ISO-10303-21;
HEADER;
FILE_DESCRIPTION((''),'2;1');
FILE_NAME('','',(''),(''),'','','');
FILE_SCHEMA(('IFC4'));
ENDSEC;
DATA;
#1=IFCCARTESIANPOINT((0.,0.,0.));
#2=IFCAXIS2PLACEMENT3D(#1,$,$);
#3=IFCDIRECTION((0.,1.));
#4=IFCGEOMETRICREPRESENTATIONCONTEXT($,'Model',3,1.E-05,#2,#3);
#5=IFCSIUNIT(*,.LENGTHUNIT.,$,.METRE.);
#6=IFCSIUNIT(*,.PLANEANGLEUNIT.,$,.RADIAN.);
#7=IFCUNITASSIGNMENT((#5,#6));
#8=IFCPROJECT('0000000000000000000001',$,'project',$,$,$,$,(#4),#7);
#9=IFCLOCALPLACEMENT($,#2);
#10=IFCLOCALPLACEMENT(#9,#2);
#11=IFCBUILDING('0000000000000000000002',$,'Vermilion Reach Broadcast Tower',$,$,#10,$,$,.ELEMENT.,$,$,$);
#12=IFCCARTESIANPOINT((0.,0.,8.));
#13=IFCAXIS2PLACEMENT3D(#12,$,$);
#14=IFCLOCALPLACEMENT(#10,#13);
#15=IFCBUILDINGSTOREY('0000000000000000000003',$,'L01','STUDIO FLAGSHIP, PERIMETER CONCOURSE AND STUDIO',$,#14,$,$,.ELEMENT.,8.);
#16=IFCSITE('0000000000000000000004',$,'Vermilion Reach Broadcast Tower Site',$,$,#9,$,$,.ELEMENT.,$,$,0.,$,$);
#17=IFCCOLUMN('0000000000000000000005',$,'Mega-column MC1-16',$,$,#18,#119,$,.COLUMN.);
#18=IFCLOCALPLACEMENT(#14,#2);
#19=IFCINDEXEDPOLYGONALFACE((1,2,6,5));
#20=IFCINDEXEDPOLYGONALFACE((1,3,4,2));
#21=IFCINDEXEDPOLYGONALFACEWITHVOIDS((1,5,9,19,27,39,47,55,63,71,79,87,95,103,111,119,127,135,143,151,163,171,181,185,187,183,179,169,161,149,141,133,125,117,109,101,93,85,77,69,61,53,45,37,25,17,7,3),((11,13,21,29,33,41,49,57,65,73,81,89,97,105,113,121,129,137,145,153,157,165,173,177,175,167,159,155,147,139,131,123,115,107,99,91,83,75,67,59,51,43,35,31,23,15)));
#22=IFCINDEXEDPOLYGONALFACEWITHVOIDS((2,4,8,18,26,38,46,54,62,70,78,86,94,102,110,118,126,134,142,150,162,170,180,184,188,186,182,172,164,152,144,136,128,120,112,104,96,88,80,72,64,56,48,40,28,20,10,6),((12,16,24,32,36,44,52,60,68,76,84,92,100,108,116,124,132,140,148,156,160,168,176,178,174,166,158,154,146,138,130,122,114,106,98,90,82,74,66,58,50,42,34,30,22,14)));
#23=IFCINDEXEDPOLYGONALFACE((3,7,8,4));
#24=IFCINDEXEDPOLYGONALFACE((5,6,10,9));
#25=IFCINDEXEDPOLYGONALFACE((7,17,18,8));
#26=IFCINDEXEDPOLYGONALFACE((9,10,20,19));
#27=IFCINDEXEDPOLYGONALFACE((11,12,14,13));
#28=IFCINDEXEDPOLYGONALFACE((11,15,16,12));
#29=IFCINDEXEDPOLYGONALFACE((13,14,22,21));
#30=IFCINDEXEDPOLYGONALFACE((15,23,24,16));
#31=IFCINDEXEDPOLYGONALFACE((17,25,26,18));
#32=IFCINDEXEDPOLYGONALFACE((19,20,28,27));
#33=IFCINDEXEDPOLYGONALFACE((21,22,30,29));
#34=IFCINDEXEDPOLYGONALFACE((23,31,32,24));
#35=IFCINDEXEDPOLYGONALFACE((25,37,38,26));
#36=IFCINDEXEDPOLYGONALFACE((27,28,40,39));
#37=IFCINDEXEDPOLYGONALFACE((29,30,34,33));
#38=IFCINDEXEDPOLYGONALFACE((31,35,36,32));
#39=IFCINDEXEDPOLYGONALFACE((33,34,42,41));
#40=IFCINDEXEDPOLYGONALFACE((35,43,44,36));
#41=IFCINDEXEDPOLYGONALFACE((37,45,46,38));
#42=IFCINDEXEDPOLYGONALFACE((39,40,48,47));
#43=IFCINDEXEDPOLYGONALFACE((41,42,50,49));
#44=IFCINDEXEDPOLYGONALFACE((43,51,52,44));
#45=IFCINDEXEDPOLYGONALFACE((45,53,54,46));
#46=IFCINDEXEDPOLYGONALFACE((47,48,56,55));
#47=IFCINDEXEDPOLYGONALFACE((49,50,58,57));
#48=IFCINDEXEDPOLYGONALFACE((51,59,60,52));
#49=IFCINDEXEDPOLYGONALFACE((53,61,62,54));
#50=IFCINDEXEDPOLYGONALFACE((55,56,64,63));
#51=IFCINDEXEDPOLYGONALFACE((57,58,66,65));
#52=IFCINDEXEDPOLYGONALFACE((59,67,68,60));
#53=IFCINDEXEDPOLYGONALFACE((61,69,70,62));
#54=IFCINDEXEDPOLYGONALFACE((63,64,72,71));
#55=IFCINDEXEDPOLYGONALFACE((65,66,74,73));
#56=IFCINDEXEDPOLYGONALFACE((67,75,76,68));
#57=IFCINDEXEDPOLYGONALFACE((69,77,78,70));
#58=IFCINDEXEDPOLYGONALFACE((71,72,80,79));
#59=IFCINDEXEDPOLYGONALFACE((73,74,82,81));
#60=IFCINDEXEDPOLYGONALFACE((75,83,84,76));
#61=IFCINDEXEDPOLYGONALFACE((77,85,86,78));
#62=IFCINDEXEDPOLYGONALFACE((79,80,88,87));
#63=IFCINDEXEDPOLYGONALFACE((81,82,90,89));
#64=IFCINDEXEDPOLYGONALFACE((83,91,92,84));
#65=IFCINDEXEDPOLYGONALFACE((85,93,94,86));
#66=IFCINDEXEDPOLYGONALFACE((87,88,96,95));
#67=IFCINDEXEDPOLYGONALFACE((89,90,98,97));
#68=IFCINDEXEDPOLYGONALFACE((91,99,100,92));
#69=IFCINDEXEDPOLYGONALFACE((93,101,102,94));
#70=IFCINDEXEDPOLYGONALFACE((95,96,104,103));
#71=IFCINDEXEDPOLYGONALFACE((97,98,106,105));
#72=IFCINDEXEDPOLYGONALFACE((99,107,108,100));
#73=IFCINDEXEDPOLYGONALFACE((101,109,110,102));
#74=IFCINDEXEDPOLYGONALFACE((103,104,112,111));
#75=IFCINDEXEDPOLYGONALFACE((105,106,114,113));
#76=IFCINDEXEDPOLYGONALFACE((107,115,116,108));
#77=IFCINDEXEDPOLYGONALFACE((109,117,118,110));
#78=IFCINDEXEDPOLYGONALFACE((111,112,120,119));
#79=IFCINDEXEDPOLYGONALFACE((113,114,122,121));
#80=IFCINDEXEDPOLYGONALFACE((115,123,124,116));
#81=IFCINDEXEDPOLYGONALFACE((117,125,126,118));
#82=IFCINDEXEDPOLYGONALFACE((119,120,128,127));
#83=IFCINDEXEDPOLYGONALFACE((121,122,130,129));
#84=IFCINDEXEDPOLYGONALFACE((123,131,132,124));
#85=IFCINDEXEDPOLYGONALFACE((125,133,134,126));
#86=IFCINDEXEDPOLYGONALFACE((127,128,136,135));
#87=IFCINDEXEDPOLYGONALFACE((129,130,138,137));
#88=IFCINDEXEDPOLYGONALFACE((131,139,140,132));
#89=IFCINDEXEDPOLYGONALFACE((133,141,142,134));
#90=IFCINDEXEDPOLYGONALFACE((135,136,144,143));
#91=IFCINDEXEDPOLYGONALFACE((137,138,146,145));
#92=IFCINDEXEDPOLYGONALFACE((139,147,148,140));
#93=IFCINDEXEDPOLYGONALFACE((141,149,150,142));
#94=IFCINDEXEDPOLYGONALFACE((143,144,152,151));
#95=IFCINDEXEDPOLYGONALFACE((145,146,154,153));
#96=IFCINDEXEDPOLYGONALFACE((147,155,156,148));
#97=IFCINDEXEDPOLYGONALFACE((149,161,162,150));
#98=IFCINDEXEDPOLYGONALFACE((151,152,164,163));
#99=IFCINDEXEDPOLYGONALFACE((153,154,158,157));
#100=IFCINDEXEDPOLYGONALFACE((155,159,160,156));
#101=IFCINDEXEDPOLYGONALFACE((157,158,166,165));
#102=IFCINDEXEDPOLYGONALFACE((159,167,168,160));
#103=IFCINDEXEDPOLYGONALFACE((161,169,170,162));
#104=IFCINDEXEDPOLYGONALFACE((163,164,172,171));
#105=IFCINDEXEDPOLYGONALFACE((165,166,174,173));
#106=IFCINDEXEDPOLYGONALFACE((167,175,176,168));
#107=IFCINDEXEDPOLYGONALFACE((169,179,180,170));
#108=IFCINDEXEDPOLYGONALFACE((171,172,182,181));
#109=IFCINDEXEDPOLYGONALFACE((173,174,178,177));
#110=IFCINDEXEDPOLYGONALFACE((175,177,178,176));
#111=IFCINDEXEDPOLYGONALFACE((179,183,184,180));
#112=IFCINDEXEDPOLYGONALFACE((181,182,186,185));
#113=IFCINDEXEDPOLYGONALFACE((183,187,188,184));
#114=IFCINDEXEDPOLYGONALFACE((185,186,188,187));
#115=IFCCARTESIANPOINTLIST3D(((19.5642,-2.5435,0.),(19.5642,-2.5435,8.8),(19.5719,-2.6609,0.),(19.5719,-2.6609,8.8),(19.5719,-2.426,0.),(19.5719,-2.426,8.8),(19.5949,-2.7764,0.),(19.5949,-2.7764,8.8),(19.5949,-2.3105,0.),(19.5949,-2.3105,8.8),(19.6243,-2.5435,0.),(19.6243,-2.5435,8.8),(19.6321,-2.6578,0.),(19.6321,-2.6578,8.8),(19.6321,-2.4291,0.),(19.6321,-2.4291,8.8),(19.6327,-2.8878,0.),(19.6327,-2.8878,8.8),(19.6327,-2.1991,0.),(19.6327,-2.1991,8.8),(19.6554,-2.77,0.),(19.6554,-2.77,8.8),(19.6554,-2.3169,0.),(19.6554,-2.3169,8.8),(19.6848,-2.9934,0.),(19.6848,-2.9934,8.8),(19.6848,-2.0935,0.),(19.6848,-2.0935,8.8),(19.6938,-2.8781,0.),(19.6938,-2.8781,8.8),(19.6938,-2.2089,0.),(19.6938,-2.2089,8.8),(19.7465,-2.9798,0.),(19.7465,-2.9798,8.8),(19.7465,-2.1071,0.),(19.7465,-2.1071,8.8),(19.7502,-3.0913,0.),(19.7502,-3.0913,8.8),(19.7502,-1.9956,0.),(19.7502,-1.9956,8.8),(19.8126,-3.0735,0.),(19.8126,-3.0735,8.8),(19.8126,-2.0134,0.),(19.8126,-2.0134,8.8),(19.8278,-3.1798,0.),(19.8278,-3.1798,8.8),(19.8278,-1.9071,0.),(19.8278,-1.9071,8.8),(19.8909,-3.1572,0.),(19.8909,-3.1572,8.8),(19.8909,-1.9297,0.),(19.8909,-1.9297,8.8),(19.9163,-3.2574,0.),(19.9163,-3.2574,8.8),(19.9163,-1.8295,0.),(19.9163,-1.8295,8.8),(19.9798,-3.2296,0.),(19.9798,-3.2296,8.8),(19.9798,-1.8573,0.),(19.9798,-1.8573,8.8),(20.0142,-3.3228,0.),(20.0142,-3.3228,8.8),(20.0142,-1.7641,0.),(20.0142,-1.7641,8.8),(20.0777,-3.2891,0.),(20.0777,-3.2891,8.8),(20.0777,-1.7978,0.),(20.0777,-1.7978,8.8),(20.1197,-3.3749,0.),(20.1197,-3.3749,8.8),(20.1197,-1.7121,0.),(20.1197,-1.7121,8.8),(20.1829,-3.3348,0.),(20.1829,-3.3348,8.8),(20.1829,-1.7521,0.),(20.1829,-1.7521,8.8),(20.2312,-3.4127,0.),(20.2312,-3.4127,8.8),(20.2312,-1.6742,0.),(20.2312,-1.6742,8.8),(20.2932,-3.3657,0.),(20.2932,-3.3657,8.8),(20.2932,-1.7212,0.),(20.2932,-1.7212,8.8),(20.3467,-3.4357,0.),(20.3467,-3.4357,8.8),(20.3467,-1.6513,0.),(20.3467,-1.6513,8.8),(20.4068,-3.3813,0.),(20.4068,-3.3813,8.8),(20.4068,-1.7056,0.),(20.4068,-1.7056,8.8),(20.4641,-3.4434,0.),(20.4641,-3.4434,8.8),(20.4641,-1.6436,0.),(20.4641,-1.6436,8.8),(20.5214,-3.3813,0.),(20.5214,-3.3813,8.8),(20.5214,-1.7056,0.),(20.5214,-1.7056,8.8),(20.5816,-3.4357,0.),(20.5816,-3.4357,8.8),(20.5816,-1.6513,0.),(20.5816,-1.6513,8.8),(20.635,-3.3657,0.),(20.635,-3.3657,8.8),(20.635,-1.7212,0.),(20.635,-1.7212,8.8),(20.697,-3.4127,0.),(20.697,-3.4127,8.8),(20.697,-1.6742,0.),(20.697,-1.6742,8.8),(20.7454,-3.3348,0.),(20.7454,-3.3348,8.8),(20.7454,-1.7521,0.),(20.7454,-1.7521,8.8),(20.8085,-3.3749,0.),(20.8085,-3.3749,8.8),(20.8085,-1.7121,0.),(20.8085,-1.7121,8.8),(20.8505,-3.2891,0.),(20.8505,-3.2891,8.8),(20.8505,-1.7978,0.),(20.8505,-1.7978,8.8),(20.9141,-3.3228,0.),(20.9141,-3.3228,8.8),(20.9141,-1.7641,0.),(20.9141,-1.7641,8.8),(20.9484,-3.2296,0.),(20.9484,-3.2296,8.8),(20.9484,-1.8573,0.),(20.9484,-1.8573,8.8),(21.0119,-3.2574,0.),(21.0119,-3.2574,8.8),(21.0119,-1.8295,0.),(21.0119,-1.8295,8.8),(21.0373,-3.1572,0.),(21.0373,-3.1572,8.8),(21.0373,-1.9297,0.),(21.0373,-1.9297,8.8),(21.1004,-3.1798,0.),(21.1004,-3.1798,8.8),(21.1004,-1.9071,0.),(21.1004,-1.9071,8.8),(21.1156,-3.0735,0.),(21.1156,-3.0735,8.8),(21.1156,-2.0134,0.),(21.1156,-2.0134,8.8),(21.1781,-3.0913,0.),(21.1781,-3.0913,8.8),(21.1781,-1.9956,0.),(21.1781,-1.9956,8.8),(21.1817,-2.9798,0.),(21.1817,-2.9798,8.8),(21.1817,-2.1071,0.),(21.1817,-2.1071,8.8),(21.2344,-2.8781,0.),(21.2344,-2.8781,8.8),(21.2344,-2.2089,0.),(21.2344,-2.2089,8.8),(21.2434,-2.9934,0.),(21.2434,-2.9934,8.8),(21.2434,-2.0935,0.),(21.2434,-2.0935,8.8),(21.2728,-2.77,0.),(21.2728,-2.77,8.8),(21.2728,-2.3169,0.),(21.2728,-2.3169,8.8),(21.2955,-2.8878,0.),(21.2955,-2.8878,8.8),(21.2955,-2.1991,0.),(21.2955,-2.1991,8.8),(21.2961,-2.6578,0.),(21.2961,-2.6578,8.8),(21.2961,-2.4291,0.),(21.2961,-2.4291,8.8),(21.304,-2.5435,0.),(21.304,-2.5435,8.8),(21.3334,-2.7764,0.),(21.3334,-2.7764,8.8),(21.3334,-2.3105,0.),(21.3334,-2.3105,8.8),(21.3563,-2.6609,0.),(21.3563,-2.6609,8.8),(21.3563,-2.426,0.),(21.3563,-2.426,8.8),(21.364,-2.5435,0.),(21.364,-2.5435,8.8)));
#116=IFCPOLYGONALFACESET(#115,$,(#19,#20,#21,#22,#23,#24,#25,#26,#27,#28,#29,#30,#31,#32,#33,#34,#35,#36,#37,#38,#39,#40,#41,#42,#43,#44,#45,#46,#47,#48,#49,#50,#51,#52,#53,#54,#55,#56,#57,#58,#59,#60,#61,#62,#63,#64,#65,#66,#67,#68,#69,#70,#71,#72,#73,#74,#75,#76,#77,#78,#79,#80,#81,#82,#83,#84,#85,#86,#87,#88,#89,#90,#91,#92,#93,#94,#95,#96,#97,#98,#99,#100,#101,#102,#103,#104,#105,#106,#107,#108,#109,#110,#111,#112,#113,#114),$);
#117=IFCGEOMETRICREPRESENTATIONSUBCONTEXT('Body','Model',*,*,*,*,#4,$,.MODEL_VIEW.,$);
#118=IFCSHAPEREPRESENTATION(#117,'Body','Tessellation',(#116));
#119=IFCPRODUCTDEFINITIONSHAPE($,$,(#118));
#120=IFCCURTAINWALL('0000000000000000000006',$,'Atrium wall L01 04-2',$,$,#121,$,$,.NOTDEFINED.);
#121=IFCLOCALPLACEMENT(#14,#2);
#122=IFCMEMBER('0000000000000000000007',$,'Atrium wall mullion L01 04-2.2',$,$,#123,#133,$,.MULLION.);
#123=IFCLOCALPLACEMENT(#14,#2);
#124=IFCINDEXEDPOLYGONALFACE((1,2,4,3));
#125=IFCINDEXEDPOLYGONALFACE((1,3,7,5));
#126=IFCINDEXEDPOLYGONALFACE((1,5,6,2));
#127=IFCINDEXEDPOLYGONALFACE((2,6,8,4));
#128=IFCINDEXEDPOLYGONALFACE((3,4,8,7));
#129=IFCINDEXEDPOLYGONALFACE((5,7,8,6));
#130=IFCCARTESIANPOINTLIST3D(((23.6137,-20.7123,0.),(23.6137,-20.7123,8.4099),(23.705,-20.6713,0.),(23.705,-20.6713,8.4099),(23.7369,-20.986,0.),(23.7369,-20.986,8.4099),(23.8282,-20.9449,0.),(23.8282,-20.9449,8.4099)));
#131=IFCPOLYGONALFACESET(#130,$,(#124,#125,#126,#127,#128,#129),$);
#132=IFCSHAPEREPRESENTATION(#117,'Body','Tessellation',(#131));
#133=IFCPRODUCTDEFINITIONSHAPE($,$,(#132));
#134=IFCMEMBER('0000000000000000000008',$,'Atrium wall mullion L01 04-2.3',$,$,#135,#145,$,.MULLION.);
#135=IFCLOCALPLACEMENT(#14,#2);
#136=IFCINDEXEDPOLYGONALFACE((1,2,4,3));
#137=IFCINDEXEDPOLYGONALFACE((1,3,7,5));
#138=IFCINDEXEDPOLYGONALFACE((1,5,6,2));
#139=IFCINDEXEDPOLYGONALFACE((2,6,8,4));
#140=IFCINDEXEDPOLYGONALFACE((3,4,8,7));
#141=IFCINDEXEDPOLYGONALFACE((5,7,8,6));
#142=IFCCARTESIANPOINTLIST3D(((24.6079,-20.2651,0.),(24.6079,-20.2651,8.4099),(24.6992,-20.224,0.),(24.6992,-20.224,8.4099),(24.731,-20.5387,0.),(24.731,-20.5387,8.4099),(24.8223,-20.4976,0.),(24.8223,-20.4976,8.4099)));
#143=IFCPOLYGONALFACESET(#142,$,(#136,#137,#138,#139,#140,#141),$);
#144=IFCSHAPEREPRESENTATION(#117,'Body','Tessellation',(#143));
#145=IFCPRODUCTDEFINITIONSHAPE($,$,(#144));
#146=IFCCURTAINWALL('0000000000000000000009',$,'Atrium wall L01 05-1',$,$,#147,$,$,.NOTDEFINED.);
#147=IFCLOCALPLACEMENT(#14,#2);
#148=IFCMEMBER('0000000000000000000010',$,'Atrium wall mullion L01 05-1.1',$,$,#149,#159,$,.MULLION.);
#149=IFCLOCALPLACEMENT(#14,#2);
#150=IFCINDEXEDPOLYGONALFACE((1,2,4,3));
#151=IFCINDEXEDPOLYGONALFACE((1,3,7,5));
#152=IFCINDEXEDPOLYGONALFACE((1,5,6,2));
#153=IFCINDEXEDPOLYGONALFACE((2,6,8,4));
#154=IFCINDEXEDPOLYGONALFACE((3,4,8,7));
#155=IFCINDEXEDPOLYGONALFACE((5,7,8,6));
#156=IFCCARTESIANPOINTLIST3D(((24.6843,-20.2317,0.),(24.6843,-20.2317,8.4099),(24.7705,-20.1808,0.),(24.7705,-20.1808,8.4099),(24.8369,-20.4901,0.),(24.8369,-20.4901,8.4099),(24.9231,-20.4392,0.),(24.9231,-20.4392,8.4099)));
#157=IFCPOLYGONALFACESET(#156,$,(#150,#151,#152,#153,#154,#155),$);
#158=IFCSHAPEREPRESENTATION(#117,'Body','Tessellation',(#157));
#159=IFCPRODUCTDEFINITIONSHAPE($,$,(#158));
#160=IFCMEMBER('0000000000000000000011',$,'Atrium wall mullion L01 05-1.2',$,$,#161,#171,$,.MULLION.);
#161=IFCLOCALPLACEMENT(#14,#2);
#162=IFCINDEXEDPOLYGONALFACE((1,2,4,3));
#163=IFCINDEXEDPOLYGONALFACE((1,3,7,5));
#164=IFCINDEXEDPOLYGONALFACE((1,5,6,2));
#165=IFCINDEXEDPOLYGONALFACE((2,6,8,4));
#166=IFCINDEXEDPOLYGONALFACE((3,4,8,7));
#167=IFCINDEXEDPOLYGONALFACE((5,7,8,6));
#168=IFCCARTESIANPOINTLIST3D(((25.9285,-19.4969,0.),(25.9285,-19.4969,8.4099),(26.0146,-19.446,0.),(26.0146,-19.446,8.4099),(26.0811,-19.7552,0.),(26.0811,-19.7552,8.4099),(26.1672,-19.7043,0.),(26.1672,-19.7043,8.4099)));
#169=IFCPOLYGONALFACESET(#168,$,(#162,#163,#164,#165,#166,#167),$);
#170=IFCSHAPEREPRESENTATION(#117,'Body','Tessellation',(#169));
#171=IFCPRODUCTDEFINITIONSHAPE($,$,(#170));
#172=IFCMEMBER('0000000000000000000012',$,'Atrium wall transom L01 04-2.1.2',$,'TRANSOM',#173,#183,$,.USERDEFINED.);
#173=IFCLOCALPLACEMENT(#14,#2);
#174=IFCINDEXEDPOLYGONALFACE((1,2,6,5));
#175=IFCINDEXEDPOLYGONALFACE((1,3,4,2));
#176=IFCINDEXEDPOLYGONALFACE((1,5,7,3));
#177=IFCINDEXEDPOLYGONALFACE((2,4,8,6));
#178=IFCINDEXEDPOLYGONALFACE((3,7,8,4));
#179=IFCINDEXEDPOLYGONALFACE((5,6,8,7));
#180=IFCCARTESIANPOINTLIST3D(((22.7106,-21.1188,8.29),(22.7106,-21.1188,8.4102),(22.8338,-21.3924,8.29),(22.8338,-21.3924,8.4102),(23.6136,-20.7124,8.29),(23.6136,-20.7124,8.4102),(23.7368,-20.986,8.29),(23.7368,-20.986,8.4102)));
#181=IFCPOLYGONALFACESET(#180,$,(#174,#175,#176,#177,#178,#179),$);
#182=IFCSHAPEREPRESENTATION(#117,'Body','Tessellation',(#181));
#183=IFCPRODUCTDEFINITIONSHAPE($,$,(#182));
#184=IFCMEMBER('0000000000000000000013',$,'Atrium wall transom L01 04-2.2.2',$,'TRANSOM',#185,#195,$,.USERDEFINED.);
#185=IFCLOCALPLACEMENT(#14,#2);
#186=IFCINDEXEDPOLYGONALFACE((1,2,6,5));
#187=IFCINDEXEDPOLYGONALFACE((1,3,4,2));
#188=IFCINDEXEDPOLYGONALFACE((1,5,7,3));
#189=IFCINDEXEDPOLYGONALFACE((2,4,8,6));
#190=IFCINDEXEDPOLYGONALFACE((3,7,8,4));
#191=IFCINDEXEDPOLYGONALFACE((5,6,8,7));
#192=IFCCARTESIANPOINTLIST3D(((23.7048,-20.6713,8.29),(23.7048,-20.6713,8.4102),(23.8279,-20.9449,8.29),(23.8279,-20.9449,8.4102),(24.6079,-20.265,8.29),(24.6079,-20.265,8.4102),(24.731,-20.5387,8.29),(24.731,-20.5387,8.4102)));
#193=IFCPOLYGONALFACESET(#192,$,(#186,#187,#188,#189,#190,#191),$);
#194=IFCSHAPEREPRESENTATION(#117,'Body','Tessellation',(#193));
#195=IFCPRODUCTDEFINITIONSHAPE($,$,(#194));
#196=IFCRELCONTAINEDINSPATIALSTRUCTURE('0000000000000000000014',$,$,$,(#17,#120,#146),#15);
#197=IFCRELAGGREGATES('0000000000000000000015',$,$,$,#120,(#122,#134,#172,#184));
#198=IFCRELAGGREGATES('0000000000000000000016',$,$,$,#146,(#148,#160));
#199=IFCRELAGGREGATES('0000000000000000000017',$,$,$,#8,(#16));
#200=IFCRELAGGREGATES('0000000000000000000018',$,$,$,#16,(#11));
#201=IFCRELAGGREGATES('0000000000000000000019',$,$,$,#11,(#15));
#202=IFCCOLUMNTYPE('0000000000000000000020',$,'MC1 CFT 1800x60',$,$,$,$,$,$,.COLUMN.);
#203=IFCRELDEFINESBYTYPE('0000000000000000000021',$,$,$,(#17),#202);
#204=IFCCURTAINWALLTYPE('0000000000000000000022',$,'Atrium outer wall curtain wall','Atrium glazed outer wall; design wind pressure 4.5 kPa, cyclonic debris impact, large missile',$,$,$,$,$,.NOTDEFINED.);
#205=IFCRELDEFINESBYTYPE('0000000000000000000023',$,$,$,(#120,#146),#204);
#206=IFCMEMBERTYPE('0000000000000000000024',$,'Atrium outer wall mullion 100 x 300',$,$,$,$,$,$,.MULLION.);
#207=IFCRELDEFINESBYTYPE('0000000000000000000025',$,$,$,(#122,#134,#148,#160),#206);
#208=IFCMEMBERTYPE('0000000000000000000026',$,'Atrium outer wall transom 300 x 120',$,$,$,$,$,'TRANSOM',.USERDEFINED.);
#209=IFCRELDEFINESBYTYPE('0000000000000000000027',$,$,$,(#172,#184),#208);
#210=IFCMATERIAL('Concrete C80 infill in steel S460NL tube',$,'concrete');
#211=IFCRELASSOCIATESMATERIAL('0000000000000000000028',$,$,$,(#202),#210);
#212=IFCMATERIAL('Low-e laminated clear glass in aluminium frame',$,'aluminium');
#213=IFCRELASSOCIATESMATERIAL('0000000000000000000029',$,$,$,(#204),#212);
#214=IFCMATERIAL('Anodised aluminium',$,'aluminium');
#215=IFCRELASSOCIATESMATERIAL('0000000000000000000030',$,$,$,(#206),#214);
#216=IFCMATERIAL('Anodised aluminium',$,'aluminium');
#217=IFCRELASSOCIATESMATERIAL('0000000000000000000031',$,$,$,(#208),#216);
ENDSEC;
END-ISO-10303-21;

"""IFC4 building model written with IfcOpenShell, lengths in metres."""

from ifc_helpers import new_model, si_unit, direction, frame, origin, origin_2d, place, context, subcontext, project, spatial, rectangle, hollow_circle, extrude, material, material_profile, profile_set, type_object, element, aggregate, save


model = new_model("IFC4")

# Units and contexts
model_context = context("Model", 3, precision=1e-05, world=origin(), true_north=direction((0.0, 1.0)))
body_context = subcontext(model_context, "Body", "Model", "MODEL_VIEW")
ifc_project = project(units=[si_unit("LENGTHUNIT", "METRE"), si_unit("PLANEANGLEUNIT", "RADIAN")], contexts=[model_context])

# Site, building, storey
site_placement = place(None, origin())
site = spatial("IfcSite", under=ifc_project, at=site_placement, Name="Vermilion Reach Broadcast Tower Site", CompositionType="ELEMENT", RefElevation=0.0)
building_placement = place(site_placement, origin())
building = spatial("IfcBuilding", under=site, at=building_placement, Name="Vermilion Reach Broadcast Tower", CompositionType="ELEMENT")
storey_placement = place(building_placement, frame((0.0, 0.0, 8.0)))
storey = spatial("IfcBuildingStorey", under=building, at=storey_placement, Name="L01", Description="STUDIO FLAGSHIP, PERIMETER CONCOURSE AND STUDIO", CompositionType="ELEMENT", Elevation=8.0)

# Column
ifc_material_1 = material(Name="Concrete C80 infill in steel S460NL tube", Category="concrete")
ifc_material_profile_1 = material_profile(ifc_material_1, hollow_circle(Radius=0.8999, WallThickness=0.0601, at=origin_2d()), Name="Concrete C80 infill in steel S460NL tube CFT 1800x60")
ifc_profile_set_1 = profile_set([ifc_material_profile_1], Name="Concrete C80 infill in steel S460NL tube")
column_type = type_object("IfcColumnType", Name="MC1 CFT 1800x60", PredefinedType="COLUMN", material=ifc_profile_set_1)
for number, where, z_axis, x_axis, name in (
    (1, (20.4641, -2.5435, 0.0), (0.0, 0.0, 1.0), (1.0, 0.0, 0.0), "Mega-column MC1-16"),
):
    element("IfcColumn", number, at=place(storey_placement, frame(where, z_axis=z_axis, x_axis=x_axis)), inside=storey, type_object=column_type, Name=name, PredefinedType="COLUMN", context=body_context, shape_type="SweptSolid", body=[
        extrude(hollow_circle(Radius=0.8999, WallThickness=0.0601, at=origin_2d()), origin(), (0.0, 0.0, 1.0), 8.8),
    ])

# Curtain walls, members
ifc_material_2 = material(Name="Low-e laminated clear glass in aluminium frame", Category="aluminium")
curtain_wall_type = type_object("IfcCurtainWallType", Name="Atrium outer wall curtain wall", Description="Atrium glazed outer wall; design wind pressure 4.5 kPa, cyclonic debris impact, large missile", PredefinedType="NOTDEFINED", material=ifc_material_2)
placement = place(storey_placement, origin())
curtain_wall_1 = element("IfcCurtainWall", 2, at=placement, inside=storey, type_object=curtain_wall_type, Name="Atrium wall L01 04-2", PredefinedType="NOTDEFINED")
ifc_material_3 = material(Name="Anodised aluminium", Category="aluminium")
ifc_material_profile_2 = material_profile(ifc_material_3, rectangle(XDim=0.3, YDim=0.1001, at=origin_2d()), Name="Atrium outer wall mullion 100 x 300")
ifc_profile_set_2 = profile_set([ifc_material_profile_2], Name="Anodised aluminium")
member_type_1 = type_object("IfcMemberType", Name="Atrium outer wall mullion 100 x 300", PredefinedType="MULLION", material=ifc_profile_set_2)
member_1_placement = place(storey_placement, frame((23.7209, -20.8286, 0.0), z_axis=(0.0, 0.0, 1.0), x_axis=(-0.410408, 0.911902, 0.0)))
member_1 = element("IfcMember", 3, at=member_1_placement, type_object=member_type_1, Name="Atrium wall mullion L01 04-2.2", PredefinedType="MULLION", context=body_context, shape_type="SweptSolid", body=[
    extrude(rectangle(XDim=0.3, YDim=0.1001, at=origin_2d()), origin(), (0.0, 0.0, 1.0), 8.4099),
])
member_2_placement = place(storey_placement, frame((24.7151, -20.3813, 0.0), z_axis=(0.0, 0.0, 1.0), x_axis=(-0.410408, 0.911902, 0.0)))
member_2 = element("IfcMember", 4, at=member_2_placement, type_object=member_type_1, Name="Atrium wall mullion L01 04-2.3", PredefinedType="MULLION", context=body_context, shape_type="SweptSolid", body=[
    extrude(rectangle(XDim=0.3, YDim=0.1001, at=origin_2d()), origin(), (0.0, 0.0, 1.0), 8.4099),
])
curtain_wall_2 = element("IfcCurtainWall", 5, at=placement, inside=storey, type_object=curtain_wall_type, Name="Atrium wall L01 05-1", PredefinedType="NOTDEFINED")
member_3_placement = place(storey_placement, frame((24.8037, -20.3354, 0.0), z_axis=(0.0, 0.0, 1.0), x_axis=(-0.50859, 0.861009, 0.0)))
member_3 = element("IfcMember", 6, at=member_3_placement, type_object=member_type_1, Name="Atrium wall mullion L01 05-1.1", PredefinedType="MULLION", context=body_context, shape_type="SweptSolid", body=[
    extrude(rectangle(XDim=0.3, YDim=0.1001, at=origin_2d()), origin(), (0.0, 0.0, 1.0), 8.4099),
])
member_4_placement = place(storey_placement, frame((26.0479, -19.6006, 0.0), z_axis=(0.0, 0.0, 1.0), x_axis=(-0.50859, 0.861009, 0.0)))
member_4 = element("IfcMember", 7, at=member_4_placement, type_object=member_type_1, Name="Atrium wall mullion L01 05-1.2", PredefinedType="MULLION", context=body_context, shape_type="SweptSolid", body=[
    extrude(rectangle(XDim=0.3, YDim=0.1001, at=origin_2d()), origin(), (0.0, 0.0, 1.0), 8.4099),
])

# Members
ifc_material_4 = material(Name="Anodised aluminium", Category="aluminium")
ifc_material_profile_3 = material_profile(ifc_material_4, rectangle(XDim=0.3, YDim=0.1201, at=origin_2d()), Name="Atrium outer wall transom 300 x 120")
ifc_profile_set_3 = profile_set([ifc_material_profile_3], Name="Anodised aluminium")
member_type_2 = type_object("IfcMemberType", Name="Atrium outer wall transom 300 x 120", ElementType="TRANSOM", PredefinedType="USERDEFINED", material=ifc_profile_set_3)
member_5_placement = place(storey_placement, frame((22.7722, -21.2556, 8.3501), z_axis=(0.91188, 0.410457, 0.0), x_axis=(-0.410457, 0.91188, 0.0)))
member_5 = element("IfcMember", 8, at=member_5_placement, type_object=member_type_2, Name="Atrium wall transom L01 04-2.1.2", ObjectType="TRANSOM", PredefinedType="USERDEFINED", context=body_context, shape_type="SweptSolid", body=[
    extrude(rectangle(XDim=0.3, YDim=0.1201, at=origin_2d()), origin(), (0.0, 0.0, 1.0), 0.9902),
])
member_6_placement = place(storey_placement, frame((23.7664, -20.8081, 8.3501), z_axis=(0.911972, 0.410252, 0.0), x_axis=(-0.410252, 0.911972, 0.0)))
member_6 = element("IfcMember", 9, at=member_6_placement, type_object=member_type_2, Name="Atrium wall transom L01 04-2.2.2", ObjectType="TRANSOM", PredefinedType="USERDEFINED", context=body_context, shape_type="SweptSolid", body=[
    extrude(rectangle(XDim=0.3, YDim=0.1201, at=origin_2d()), origin(), (0.0, 0.0, 1.0), 0.9902),
])

aggregate(curtain_wall_1, [member_1, member_2, member_5, member_6])
aggregate(curtain_wall_2, [member_3, member_4])

save(model, "model.ifc")
